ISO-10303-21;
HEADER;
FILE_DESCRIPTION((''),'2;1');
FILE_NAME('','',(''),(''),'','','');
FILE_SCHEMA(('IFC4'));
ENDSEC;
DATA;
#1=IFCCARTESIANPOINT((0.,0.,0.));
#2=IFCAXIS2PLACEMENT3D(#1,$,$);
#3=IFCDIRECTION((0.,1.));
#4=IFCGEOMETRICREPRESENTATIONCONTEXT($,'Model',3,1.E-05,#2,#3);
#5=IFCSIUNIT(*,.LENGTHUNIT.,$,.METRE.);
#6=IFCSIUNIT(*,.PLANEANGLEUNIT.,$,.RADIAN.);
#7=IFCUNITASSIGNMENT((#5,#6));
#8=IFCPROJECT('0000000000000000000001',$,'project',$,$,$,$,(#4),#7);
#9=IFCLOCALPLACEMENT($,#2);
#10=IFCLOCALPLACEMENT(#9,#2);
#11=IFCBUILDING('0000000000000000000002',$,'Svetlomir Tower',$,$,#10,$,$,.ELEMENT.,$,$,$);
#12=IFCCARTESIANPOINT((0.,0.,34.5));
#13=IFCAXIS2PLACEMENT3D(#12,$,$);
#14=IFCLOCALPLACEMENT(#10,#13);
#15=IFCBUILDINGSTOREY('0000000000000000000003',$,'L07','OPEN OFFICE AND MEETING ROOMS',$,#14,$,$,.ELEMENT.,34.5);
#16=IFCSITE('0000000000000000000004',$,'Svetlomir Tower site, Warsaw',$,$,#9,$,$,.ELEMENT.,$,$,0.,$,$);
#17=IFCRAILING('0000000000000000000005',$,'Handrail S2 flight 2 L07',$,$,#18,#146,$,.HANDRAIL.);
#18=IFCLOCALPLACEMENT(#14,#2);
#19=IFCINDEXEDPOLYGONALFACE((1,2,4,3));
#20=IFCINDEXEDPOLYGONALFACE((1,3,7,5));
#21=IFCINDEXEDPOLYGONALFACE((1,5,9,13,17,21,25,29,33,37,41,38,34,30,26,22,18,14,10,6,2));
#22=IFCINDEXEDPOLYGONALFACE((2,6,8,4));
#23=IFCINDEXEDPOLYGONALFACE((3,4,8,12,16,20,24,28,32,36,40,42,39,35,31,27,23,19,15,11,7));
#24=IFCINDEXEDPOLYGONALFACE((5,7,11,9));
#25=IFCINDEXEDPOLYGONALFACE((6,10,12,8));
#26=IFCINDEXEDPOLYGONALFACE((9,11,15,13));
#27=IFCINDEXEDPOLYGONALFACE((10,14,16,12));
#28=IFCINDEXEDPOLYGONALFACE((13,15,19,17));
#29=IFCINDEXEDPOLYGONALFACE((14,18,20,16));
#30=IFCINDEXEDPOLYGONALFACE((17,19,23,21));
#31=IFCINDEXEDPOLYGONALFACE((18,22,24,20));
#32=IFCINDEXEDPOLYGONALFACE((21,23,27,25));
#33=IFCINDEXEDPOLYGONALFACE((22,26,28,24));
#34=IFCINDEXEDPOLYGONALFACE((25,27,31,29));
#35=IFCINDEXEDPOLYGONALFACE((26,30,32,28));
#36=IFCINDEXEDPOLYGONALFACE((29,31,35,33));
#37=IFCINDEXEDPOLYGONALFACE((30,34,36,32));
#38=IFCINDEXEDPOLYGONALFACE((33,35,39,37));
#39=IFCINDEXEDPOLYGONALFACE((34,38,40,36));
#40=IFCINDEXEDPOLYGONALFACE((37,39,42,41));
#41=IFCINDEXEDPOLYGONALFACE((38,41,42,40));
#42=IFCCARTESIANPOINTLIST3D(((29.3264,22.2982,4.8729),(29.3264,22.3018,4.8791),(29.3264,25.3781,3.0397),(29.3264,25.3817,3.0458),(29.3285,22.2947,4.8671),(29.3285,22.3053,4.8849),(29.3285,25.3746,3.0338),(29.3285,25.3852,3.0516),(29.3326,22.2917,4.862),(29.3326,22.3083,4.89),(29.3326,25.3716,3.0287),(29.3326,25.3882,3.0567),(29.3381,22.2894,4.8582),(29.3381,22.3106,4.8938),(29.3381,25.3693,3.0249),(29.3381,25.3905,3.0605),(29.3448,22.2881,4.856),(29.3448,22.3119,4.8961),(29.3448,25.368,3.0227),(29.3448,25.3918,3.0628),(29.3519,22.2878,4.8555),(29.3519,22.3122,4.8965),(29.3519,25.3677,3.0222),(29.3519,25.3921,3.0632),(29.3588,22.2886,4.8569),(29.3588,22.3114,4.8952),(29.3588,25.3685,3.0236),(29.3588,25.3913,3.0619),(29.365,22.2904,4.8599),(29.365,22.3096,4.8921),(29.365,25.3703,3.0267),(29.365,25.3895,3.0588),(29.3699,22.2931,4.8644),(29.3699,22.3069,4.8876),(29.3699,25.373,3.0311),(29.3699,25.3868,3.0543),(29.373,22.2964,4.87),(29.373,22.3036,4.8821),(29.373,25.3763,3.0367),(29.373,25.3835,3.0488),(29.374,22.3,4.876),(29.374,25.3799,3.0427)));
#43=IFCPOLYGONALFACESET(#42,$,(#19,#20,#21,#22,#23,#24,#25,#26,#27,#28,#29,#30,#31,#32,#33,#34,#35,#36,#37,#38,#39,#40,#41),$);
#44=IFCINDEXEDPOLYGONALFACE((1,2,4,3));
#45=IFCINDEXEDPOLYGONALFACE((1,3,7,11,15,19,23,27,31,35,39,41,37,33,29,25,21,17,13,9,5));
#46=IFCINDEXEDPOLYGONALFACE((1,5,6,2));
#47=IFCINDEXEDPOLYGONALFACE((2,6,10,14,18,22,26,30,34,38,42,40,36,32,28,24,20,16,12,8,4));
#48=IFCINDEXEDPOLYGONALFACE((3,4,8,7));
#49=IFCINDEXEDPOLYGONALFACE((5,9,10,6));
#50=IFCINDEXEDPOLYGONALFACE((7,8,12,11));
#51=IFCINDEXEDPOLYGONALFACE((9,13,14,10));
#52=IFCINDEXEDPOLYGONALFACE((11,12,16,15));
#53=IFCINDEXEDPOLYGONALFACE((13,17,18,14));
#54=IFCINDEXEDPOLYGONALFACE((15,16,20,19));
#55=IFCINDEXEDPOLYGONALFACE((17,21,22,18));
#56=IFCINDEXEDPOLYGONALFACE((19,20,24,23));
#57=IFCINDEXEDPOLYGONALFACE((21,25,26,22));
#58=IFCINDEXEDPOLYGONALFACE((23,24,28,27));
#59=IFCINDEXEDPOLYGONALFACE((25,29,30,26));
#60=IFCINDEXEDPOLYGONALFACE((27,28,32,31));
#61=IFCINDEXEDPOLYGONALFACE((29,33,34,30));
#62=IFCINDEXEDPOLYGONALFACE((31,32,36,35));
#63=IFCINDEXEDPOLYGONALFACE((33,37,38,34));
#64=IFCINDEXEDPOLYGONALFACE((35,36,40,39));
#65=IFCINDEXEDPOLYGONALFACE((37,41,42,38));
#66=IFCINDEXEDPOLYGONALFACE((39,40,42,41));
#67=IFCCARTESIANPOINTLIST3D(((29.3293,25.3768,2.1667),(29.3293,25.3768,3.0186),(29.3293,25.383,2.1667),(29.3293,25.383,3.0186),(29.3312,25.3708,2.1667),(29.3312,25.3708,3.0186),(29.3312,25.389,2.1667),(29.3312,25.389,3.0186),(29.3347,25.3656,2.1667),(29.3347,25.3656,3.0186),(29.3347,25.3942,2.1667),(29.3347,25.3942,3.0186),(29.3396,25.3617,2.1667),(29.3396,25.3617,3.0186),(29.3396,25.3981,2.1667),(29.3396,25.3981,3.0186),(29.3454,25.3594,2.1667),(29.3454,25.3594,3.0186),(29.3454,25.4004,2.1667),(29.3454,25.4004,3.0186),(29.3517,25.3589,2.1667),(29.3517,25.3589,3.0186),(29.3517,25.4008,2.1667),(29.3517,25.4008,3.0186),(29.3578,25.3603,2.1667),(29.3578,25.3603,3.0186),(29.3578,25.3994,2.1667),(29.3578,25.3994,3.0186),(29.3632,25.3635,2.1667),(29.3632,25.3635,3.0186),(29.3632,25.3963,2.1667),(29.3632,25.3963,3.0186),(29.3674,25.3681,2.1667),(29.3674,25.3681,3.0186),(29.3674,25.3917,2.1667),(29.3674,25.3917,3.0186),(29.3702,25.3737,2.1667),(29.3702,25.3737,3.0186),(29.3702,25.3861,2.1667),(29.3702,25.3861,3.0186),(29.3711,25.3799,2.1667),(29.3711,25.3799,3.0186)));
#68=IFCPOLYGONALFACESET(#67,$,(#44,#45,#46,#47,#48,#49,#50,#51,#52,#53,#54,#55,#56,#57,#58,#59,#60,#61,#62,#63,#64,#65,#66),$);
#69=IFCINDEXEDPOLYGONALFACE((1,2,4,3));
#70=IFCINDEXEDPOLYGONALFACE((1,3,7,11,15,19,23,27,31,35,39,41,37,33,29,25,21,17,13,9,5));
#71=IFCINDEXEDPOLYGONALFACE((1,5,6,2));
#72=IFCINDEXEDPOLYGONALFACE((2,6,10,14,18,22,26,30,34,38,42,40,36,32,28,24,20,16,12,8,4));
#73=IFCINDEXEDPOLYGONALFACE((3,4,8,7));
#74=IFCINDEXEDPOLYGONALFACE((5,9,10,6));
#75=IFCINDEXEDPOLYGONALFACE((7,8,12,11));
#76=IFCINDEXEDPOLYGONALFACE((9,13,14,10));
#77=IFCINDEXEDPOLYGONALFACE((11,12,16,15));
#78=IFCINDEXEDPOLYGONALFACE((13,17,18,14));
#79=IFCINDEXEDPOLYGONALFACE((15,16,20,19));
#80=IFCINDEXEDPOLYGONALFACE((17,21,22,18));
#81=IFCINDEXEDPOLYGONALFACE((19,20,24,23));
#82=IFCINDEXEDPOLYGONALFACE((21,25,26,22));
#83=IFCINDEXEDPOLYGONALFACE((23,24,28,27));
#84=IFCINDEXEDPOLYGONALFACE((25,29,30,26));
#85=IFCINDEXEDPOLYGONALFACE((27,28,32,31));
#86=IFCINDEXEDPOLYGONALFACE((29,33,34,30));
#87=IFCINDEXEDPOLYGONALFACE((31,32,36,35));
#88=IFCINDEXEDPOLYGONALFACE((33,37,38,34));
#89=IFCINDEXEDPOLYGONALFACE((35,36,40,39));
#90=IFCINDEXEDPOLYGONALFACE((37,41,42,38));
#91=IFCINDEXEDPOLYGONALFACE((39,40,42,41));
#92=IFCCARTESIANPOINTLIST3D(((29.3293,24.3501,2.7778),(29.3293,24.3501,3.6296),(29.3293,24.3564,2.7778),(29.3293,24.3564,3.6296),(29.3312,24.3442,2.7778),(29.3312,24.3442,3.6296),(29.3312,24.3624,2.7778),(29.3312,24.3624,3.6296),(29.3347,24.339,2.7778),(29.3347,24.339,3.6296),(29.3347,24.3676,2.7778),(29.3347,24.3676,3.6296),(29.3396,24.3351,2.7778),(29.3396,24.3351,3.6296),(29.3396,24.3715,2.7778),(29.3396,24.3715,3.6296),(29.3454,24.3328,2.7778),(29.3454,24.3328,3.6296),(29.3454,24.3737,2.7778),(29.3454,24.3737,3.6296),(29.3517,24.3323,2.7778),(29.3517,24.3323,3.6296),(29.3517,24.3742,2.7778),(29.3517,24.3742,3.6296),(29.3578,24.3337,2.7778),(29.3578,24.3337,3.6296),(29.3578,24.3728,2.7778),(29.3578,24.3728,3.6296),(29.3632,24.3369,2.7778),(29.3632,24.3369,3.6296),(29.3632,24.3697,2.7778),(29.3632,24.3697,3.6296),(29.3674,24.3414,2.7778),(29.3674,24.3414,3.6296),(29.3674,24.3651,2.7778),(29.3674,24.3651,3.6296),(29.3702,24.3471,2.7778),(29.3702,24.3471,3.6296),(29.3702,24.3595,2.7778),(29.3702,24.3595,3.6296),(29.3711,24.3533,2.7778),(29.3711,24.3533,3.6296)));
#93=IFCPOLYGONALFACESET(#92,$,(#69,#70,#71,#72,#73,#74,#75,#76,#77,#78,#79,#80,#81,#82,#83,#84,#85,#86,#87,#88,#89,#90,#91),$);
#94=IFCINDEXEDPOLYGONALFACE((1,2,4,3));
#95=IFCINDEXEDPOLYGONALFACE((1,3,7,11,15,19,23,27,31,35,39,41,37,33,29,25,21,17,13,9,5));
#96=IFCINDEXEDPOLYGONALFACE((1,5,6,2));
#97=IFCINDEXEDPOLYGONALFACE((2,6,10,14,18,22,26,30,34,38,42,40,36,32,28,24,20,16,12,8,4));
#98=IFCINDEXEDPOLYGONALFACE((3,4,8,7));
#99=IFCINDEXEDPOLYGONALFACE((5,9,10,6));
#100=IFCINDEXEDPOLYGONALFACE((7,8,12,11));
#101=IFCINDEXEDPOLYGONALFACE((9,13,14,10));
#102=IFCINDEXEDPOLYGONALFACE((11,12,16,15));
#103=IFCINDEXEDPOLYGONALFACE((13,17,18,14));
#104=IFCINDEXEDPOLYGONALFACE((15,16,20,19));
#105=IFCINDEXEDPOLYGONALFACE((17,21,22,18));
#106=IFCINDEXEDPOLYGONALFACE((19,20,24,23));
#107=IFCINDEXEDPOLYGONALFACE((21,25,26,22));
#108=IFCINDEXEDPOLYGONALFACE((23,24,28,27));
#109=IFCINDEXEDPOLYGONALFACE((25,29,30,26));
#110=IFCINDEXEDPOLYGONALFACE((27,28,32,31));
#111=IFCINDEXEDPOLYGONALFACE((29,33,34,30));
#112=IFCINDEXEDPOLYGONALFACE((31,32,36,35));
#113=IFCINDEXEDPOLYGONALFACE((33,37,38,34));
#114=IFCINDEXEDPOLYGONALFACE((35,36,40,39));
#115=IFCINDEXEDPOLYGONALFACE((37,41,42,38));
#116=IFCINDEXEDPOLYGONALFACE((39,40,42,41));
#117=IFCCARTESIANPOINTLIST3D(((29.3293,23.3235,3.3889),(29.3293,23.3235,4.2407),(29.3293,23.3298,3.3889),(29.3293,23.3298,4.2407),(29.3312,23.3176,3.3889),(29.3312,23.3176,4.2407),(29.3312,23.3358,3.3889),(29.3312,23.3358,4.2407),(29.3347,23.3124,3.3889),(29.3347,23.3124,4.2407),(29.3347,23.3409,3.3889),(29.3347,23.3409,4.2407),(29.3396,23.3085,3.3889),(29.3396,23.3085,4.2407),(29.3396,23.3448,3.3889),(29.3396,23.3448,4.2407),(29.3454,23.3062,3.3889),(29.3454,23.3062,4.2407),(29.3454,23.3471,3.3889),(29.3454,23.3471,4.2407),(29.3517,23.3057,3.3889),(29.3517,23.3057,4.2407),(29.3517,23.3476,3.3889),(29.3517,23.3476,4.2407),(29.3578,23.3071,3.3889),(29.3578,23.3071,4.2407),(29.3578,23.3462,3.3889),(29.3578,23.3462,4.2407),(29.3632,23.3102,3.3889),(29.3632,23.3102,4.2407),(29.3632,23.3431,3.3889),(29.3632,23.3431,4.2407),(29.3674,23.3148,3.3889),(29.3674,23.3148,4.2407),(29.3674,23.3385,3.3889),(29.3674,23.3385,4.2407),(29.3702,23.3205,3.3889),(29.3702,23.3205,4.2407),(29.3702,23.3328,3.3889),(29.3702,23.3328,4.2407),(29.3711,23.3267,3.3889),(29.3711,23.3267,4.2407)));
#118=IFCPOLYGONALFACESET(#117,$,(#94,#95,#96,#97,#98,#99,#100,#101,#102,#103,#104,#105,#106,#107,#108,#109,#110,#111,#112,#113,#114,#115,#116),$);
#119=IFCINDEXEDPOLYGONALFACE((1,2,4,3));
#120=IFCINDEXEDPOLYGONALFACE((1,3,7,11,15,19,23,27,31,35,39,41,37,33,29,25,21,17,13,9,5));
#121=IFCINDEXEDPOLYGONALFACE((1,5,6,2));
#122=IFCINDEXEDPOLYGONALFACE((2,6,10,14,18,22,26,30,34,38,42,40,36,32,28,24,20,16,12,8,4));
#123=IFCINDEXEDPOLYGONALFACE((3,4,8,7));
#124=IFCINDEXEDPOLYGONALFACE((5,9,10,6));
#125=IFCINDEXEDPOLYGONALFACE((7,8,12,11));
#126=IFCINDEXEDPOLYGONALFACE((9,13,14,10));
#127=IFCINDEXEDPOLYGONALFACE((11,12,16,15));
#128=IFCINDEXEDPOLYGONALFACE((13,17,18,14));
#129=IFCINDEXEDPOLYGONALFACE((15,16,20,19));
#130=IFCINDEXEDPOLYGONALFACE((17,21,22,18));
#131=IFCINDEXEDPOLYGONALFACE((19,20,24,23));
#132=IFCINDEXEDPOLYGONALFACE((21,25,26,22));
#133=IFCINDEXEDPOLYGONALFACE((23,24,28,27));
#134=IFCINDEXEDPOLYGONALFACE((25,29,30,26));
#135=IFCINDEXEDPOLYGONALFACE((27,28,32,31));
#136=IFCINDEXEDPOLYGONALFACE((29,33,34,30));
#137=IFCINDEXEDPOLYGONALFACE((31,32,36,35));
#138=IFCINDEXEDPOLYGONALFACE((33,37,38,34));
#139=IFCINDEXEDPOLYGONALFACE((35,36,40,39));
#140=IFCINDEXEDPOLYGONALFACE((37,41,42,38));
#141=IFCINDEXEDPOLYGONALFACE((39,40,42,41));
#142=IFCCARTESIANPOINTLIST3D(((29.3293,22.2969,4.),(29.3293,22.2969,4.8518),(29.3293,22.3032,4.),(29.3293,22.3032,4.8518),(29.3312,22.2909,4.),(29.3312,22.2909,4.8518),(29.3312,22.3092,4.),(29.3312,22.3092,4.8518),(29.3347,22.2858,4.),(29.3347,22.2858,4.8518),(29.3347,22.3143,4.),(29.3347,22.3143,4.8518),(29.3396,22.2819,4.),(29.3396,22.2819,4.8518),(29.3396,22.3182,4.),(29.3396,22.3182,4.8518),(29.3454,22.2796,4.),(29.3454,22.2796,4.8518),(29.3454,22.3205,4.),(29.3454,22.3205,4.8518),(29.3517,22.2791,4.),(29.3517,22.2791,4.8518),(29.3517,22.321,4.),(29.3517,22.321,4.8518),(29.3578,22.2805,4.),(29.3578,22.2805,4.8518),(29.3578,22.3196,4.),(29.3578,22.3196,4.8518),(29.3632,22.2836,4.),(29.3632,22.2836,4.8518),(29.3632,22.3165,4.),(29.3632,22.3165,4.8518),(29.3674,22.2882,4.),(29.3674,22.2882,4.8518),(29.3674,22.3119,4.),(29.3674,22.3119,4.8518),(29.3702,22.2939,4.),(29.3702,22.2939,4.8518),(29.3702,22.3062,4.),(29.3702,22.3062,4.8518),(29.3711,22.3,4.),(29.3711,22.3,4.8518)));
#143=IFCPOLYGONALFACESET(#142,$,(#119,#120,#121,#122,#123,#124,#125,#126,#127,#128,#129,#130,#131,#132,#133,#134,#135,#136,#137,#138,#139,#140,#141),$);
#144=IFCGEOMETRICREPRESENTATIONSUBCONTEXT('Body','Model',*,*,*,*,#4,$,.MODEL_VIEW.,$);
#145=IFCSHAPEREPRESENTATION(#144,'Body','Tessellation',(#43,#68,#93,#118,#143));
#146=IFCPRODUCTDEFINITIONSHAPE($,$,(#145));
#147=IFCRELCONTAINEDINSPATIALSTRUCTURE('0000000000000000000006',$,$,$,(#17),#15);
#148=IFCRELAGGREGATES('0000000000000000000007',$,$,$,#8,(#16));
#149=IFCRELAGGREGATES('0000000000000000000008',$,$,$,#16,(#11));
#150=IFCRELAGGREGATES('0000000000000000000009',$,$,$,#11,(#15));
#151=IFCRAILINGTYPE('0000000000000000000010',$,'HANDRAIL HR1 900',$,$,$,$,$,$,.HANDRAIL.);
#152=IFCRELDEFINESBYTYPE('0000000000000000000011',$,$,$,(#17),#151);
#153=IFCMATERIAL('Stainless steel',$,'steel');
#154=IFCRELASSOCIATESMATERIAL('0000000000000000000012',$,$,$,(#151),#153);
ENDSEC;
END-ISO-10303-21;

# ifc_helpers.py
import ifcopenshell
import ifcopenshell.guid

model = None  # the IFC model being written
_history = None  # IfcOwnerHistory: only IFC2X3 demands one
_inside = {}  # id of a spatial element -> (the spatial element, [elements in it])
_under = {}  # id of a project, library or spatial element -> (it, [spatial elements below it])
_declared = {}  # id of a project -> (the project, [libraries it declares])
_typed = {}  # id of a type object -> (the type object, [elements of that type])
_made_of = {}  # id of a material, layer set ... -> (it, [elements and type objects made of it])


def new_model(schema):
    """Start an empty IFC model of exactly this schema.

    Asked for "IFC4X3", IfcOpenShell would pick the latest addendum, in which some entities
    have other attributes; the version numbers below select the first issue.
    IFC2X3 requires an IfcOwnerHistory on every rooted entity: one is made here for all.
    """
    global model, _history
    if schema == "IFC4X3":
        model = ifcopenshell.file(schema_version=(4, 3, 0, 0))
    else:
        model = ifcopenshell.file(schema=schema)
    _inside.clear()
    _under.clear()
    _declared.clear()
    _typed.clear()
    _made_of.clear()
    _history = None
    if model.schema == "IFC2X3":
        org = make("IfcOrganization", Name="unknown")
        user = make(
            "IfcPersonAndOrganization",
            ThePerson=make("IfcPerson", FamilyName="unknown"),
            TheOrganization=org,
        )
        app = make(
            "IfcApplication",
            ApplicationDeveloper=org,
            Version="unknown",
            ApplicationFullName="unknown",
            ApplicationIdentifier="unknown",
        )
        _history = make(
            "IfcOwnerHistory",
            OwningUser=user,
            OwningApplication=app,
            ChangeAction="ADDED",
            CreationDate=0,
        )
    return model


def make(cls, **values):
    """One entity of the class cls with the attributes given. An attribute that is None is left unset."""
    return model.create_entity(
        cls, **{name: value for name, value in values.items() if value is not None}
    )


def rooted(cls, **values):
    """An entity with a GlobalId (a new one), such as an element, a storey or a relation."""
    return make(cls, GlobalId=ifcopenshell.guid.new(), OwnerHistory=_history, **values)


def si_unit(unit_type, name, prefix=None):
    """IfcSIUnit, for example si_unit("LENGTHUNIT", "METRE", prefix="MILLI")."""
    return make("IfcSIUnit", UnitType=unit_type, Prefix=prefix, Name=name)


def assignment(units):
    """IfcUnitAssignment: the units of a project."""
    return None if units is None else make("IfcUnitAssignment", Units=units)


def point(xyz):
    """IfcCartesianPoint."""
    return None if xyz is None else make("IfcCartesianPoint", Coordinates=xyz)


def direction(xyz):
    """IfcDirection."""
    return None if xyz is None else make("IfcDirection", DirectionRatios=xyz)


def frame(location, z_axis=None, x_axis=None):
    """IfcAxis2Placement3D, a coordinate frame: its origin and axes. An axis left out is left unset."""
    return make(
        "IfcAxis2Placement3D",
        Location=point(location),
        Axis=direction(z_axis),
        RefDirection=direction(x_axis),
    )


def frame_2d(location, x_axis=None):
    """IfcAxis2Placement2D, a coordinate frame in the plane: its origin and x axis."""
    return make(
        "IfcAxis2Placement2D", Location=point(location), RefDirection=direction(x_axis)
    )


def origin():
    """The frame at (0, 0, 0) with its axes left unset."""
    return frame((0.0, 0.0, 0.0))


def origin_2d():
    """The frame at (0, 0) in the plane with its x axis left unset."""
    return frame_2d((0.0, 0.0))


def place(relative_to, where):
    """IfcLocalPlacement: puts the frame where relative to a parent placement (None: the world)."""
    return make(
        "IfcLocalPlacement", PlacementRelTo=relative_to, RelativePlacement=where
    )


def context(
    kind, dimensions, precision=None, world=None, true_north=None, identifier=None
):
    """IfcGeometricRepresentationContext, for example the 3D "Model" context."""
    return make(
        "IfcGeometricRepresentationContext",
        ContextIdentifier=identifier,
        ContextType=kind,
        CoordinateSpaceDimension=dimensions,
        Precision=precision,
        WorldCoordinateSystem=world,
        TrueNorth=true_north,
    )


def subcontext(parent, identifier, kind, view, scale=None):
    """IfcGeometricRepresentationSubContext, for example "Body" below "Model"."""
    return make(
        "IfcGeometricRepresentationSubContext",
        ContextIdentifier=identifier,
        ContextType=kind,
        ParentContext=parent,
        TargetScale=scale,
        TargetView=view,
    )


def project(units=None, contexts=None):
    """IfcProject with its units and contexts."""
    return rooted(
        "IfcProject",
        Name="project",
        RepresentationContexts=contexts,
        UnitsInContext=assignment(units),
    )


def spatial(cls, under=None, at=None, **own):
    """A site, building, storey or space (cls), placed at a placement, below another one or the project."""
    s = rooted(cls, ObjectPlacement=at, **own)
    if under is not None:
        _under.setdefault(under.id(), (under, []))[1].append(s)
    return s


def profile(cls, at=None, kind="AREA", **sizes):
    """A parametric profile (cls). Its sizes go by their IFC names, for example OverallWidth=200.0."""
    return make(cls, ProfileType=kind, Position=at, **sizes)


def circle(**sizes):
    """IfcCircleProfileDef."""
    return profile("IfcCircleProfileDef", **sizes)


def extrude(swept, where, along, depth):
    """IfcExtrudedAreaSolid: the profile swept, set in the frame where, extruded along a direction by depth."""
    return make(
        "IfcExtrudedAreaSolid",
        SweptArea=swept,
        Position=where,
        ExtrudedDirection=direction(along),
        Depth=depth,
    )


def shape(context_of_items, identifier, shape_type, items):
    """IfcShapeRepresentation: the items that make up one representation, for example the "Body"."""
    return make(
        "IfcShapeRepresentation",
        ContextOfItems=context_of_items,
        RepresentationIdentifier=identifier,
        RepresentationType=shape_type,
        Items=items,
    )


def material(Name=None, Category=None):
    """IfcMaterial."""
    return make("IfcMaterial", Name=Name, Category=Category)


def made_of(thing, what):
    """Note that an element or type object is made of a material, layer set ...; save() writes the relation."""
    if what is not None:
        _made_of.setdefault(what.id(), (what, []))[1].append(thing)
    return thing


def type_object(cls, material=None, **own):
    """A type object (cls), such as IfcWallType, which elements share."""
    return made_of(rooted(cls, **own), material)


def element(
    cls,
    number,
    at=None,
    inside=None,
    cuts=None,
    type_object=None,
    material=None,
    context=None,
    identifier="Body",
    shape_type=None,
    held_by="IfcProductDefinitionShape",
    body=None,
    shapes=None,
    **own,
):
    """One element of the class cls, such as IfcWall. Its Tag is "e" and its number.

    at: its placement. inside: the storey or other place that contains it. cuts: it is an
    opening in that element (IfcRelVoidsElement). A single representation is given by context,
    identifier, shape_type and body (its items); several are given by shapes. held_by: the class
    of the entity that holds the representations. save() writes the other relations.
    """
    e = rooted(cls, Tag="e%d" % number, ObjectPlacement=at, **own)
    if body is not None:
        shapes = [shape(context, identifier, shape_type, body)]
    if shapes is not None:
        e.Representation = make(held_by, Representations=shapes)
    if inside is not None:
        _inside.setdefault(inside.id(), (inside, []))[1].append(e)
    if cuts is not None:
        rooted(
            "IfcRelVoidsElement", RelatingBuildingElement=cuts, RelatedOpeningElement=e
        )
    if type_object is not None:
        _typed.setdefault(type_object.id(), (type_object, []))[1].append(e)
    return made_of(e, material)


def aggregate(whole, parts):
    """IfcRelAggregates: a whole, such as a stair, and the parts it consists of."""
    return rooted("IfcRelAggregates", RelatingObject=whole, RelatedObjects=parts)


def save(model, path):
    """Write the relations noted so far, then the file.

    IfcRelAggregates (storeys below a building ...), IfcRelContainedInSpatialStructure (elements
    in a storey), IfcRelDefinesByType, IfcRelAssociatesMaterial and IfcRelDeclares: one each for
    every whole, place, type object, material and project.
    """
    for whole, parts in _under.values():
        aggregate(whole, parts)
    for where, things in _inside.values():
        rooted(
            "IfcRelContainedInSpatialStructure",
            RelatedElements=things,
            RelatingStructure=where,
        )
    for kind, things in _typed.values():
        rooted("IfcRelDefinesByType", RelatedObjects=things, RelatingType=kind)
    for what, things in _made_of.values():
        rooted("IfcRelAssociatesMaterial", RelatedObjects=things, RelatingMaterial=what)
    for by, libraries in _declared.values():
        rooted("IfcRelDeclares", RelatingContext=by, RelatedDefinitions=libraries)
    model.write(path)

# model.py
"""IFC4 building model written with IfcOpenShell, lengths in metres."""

from ifc_helpers import new_model, si_unit, direction, frame, origin, origin_2d, place, context, subcontext, project, spatial, circle, extrude, material, type_object, element, save


model = new_model("IFC4")

# Units and contexts
model_context = context("Model", 3, precision=1e-05, world=origin(), true_north=direction((0.0, 1.0)))
body_context = subcontext(model_context, "Body", "Model", "MODEL_VIEW")
ifc_project = project(units=[si_unit("LENGTHUNIT", "METRE"), si_unit("PLANEANGLEUNIT", "RADIAN")], contexts=[model_context])

# Site, building, storey
site_placement = place(None, origin())
site = spatial("IfcSite", under=ifc_project, at=site_placement, Name="Svetlomir Tower site, Warsaw", CompositionType="ELEMENT", RefElevation=0.0)
building_placement = place(site_placement, origin())
building = spatial("IfcBuilding", under=site, at=building_placement, Name="Svetlomir Tower", CompositionType="ELEMENT")
storey_placement = place(building_placement, frame((0.0, 0.0, 34.5)))
storey = spatial("IfcBuildingStorey", under=building, at=storey_placement, Name="L07", Description="OPEN OFFICE AND MEETING ROOMS", CompositionType="ELEMENT", Elevation=34.5)

# Railing
ifc_material_1 = material(Name="Stainless steel", Category="steel")
railing_type = type_object("IfcRailingType", Name="HANDRAIL HR1 900", PredefinedType="HANDRAIL", material=ifc_material_1)
railing_1_placement = place(storey_placement, frame((29.3501, 25.3799, 2.1667)))
element("IfcRailing", 1, at=railing_1_placement, inside=storey, type_object=railing_type, Name="Handrail S2 flight 2 L07", PredefinedType="HANDRAIL", context=body_context, shape_type="SweptSolid", body=[
    extrude(circle(Radius=0.0239, at=origin_2d()), frame((0.0, 0.0, 0.876), z_axis=(0.0, -0.859291, 0.511487), x_axis=(1.0, 0.0, 0.0)), (0.0, 0.0, 1.0), 3.5842),
    extrude(circle(Radius=0.021, at=origin_2d()), origin(), (0.0, 0.0, 1.0), 0.8518),
    extrude(circle(Radius=0.021, at=origin_2d()), frame((0.0, -1.0266, 0.6111)), (0.0, 0.0, 1.0), 0.8518),
    extrude(circle(Radius=0.021, at=origin_2d()), frame((0.0, -2.0532, 1.2222)), (0.0, 0.0, 1.0), 0.8518),
    extrude(circle(Radius=0.021, at=origin_2d()), frame((0.0, -3.0798, 1.8333)), (0.0, 0.0, 1.0), 0.8518),
])

save(model, "model.ifc")
